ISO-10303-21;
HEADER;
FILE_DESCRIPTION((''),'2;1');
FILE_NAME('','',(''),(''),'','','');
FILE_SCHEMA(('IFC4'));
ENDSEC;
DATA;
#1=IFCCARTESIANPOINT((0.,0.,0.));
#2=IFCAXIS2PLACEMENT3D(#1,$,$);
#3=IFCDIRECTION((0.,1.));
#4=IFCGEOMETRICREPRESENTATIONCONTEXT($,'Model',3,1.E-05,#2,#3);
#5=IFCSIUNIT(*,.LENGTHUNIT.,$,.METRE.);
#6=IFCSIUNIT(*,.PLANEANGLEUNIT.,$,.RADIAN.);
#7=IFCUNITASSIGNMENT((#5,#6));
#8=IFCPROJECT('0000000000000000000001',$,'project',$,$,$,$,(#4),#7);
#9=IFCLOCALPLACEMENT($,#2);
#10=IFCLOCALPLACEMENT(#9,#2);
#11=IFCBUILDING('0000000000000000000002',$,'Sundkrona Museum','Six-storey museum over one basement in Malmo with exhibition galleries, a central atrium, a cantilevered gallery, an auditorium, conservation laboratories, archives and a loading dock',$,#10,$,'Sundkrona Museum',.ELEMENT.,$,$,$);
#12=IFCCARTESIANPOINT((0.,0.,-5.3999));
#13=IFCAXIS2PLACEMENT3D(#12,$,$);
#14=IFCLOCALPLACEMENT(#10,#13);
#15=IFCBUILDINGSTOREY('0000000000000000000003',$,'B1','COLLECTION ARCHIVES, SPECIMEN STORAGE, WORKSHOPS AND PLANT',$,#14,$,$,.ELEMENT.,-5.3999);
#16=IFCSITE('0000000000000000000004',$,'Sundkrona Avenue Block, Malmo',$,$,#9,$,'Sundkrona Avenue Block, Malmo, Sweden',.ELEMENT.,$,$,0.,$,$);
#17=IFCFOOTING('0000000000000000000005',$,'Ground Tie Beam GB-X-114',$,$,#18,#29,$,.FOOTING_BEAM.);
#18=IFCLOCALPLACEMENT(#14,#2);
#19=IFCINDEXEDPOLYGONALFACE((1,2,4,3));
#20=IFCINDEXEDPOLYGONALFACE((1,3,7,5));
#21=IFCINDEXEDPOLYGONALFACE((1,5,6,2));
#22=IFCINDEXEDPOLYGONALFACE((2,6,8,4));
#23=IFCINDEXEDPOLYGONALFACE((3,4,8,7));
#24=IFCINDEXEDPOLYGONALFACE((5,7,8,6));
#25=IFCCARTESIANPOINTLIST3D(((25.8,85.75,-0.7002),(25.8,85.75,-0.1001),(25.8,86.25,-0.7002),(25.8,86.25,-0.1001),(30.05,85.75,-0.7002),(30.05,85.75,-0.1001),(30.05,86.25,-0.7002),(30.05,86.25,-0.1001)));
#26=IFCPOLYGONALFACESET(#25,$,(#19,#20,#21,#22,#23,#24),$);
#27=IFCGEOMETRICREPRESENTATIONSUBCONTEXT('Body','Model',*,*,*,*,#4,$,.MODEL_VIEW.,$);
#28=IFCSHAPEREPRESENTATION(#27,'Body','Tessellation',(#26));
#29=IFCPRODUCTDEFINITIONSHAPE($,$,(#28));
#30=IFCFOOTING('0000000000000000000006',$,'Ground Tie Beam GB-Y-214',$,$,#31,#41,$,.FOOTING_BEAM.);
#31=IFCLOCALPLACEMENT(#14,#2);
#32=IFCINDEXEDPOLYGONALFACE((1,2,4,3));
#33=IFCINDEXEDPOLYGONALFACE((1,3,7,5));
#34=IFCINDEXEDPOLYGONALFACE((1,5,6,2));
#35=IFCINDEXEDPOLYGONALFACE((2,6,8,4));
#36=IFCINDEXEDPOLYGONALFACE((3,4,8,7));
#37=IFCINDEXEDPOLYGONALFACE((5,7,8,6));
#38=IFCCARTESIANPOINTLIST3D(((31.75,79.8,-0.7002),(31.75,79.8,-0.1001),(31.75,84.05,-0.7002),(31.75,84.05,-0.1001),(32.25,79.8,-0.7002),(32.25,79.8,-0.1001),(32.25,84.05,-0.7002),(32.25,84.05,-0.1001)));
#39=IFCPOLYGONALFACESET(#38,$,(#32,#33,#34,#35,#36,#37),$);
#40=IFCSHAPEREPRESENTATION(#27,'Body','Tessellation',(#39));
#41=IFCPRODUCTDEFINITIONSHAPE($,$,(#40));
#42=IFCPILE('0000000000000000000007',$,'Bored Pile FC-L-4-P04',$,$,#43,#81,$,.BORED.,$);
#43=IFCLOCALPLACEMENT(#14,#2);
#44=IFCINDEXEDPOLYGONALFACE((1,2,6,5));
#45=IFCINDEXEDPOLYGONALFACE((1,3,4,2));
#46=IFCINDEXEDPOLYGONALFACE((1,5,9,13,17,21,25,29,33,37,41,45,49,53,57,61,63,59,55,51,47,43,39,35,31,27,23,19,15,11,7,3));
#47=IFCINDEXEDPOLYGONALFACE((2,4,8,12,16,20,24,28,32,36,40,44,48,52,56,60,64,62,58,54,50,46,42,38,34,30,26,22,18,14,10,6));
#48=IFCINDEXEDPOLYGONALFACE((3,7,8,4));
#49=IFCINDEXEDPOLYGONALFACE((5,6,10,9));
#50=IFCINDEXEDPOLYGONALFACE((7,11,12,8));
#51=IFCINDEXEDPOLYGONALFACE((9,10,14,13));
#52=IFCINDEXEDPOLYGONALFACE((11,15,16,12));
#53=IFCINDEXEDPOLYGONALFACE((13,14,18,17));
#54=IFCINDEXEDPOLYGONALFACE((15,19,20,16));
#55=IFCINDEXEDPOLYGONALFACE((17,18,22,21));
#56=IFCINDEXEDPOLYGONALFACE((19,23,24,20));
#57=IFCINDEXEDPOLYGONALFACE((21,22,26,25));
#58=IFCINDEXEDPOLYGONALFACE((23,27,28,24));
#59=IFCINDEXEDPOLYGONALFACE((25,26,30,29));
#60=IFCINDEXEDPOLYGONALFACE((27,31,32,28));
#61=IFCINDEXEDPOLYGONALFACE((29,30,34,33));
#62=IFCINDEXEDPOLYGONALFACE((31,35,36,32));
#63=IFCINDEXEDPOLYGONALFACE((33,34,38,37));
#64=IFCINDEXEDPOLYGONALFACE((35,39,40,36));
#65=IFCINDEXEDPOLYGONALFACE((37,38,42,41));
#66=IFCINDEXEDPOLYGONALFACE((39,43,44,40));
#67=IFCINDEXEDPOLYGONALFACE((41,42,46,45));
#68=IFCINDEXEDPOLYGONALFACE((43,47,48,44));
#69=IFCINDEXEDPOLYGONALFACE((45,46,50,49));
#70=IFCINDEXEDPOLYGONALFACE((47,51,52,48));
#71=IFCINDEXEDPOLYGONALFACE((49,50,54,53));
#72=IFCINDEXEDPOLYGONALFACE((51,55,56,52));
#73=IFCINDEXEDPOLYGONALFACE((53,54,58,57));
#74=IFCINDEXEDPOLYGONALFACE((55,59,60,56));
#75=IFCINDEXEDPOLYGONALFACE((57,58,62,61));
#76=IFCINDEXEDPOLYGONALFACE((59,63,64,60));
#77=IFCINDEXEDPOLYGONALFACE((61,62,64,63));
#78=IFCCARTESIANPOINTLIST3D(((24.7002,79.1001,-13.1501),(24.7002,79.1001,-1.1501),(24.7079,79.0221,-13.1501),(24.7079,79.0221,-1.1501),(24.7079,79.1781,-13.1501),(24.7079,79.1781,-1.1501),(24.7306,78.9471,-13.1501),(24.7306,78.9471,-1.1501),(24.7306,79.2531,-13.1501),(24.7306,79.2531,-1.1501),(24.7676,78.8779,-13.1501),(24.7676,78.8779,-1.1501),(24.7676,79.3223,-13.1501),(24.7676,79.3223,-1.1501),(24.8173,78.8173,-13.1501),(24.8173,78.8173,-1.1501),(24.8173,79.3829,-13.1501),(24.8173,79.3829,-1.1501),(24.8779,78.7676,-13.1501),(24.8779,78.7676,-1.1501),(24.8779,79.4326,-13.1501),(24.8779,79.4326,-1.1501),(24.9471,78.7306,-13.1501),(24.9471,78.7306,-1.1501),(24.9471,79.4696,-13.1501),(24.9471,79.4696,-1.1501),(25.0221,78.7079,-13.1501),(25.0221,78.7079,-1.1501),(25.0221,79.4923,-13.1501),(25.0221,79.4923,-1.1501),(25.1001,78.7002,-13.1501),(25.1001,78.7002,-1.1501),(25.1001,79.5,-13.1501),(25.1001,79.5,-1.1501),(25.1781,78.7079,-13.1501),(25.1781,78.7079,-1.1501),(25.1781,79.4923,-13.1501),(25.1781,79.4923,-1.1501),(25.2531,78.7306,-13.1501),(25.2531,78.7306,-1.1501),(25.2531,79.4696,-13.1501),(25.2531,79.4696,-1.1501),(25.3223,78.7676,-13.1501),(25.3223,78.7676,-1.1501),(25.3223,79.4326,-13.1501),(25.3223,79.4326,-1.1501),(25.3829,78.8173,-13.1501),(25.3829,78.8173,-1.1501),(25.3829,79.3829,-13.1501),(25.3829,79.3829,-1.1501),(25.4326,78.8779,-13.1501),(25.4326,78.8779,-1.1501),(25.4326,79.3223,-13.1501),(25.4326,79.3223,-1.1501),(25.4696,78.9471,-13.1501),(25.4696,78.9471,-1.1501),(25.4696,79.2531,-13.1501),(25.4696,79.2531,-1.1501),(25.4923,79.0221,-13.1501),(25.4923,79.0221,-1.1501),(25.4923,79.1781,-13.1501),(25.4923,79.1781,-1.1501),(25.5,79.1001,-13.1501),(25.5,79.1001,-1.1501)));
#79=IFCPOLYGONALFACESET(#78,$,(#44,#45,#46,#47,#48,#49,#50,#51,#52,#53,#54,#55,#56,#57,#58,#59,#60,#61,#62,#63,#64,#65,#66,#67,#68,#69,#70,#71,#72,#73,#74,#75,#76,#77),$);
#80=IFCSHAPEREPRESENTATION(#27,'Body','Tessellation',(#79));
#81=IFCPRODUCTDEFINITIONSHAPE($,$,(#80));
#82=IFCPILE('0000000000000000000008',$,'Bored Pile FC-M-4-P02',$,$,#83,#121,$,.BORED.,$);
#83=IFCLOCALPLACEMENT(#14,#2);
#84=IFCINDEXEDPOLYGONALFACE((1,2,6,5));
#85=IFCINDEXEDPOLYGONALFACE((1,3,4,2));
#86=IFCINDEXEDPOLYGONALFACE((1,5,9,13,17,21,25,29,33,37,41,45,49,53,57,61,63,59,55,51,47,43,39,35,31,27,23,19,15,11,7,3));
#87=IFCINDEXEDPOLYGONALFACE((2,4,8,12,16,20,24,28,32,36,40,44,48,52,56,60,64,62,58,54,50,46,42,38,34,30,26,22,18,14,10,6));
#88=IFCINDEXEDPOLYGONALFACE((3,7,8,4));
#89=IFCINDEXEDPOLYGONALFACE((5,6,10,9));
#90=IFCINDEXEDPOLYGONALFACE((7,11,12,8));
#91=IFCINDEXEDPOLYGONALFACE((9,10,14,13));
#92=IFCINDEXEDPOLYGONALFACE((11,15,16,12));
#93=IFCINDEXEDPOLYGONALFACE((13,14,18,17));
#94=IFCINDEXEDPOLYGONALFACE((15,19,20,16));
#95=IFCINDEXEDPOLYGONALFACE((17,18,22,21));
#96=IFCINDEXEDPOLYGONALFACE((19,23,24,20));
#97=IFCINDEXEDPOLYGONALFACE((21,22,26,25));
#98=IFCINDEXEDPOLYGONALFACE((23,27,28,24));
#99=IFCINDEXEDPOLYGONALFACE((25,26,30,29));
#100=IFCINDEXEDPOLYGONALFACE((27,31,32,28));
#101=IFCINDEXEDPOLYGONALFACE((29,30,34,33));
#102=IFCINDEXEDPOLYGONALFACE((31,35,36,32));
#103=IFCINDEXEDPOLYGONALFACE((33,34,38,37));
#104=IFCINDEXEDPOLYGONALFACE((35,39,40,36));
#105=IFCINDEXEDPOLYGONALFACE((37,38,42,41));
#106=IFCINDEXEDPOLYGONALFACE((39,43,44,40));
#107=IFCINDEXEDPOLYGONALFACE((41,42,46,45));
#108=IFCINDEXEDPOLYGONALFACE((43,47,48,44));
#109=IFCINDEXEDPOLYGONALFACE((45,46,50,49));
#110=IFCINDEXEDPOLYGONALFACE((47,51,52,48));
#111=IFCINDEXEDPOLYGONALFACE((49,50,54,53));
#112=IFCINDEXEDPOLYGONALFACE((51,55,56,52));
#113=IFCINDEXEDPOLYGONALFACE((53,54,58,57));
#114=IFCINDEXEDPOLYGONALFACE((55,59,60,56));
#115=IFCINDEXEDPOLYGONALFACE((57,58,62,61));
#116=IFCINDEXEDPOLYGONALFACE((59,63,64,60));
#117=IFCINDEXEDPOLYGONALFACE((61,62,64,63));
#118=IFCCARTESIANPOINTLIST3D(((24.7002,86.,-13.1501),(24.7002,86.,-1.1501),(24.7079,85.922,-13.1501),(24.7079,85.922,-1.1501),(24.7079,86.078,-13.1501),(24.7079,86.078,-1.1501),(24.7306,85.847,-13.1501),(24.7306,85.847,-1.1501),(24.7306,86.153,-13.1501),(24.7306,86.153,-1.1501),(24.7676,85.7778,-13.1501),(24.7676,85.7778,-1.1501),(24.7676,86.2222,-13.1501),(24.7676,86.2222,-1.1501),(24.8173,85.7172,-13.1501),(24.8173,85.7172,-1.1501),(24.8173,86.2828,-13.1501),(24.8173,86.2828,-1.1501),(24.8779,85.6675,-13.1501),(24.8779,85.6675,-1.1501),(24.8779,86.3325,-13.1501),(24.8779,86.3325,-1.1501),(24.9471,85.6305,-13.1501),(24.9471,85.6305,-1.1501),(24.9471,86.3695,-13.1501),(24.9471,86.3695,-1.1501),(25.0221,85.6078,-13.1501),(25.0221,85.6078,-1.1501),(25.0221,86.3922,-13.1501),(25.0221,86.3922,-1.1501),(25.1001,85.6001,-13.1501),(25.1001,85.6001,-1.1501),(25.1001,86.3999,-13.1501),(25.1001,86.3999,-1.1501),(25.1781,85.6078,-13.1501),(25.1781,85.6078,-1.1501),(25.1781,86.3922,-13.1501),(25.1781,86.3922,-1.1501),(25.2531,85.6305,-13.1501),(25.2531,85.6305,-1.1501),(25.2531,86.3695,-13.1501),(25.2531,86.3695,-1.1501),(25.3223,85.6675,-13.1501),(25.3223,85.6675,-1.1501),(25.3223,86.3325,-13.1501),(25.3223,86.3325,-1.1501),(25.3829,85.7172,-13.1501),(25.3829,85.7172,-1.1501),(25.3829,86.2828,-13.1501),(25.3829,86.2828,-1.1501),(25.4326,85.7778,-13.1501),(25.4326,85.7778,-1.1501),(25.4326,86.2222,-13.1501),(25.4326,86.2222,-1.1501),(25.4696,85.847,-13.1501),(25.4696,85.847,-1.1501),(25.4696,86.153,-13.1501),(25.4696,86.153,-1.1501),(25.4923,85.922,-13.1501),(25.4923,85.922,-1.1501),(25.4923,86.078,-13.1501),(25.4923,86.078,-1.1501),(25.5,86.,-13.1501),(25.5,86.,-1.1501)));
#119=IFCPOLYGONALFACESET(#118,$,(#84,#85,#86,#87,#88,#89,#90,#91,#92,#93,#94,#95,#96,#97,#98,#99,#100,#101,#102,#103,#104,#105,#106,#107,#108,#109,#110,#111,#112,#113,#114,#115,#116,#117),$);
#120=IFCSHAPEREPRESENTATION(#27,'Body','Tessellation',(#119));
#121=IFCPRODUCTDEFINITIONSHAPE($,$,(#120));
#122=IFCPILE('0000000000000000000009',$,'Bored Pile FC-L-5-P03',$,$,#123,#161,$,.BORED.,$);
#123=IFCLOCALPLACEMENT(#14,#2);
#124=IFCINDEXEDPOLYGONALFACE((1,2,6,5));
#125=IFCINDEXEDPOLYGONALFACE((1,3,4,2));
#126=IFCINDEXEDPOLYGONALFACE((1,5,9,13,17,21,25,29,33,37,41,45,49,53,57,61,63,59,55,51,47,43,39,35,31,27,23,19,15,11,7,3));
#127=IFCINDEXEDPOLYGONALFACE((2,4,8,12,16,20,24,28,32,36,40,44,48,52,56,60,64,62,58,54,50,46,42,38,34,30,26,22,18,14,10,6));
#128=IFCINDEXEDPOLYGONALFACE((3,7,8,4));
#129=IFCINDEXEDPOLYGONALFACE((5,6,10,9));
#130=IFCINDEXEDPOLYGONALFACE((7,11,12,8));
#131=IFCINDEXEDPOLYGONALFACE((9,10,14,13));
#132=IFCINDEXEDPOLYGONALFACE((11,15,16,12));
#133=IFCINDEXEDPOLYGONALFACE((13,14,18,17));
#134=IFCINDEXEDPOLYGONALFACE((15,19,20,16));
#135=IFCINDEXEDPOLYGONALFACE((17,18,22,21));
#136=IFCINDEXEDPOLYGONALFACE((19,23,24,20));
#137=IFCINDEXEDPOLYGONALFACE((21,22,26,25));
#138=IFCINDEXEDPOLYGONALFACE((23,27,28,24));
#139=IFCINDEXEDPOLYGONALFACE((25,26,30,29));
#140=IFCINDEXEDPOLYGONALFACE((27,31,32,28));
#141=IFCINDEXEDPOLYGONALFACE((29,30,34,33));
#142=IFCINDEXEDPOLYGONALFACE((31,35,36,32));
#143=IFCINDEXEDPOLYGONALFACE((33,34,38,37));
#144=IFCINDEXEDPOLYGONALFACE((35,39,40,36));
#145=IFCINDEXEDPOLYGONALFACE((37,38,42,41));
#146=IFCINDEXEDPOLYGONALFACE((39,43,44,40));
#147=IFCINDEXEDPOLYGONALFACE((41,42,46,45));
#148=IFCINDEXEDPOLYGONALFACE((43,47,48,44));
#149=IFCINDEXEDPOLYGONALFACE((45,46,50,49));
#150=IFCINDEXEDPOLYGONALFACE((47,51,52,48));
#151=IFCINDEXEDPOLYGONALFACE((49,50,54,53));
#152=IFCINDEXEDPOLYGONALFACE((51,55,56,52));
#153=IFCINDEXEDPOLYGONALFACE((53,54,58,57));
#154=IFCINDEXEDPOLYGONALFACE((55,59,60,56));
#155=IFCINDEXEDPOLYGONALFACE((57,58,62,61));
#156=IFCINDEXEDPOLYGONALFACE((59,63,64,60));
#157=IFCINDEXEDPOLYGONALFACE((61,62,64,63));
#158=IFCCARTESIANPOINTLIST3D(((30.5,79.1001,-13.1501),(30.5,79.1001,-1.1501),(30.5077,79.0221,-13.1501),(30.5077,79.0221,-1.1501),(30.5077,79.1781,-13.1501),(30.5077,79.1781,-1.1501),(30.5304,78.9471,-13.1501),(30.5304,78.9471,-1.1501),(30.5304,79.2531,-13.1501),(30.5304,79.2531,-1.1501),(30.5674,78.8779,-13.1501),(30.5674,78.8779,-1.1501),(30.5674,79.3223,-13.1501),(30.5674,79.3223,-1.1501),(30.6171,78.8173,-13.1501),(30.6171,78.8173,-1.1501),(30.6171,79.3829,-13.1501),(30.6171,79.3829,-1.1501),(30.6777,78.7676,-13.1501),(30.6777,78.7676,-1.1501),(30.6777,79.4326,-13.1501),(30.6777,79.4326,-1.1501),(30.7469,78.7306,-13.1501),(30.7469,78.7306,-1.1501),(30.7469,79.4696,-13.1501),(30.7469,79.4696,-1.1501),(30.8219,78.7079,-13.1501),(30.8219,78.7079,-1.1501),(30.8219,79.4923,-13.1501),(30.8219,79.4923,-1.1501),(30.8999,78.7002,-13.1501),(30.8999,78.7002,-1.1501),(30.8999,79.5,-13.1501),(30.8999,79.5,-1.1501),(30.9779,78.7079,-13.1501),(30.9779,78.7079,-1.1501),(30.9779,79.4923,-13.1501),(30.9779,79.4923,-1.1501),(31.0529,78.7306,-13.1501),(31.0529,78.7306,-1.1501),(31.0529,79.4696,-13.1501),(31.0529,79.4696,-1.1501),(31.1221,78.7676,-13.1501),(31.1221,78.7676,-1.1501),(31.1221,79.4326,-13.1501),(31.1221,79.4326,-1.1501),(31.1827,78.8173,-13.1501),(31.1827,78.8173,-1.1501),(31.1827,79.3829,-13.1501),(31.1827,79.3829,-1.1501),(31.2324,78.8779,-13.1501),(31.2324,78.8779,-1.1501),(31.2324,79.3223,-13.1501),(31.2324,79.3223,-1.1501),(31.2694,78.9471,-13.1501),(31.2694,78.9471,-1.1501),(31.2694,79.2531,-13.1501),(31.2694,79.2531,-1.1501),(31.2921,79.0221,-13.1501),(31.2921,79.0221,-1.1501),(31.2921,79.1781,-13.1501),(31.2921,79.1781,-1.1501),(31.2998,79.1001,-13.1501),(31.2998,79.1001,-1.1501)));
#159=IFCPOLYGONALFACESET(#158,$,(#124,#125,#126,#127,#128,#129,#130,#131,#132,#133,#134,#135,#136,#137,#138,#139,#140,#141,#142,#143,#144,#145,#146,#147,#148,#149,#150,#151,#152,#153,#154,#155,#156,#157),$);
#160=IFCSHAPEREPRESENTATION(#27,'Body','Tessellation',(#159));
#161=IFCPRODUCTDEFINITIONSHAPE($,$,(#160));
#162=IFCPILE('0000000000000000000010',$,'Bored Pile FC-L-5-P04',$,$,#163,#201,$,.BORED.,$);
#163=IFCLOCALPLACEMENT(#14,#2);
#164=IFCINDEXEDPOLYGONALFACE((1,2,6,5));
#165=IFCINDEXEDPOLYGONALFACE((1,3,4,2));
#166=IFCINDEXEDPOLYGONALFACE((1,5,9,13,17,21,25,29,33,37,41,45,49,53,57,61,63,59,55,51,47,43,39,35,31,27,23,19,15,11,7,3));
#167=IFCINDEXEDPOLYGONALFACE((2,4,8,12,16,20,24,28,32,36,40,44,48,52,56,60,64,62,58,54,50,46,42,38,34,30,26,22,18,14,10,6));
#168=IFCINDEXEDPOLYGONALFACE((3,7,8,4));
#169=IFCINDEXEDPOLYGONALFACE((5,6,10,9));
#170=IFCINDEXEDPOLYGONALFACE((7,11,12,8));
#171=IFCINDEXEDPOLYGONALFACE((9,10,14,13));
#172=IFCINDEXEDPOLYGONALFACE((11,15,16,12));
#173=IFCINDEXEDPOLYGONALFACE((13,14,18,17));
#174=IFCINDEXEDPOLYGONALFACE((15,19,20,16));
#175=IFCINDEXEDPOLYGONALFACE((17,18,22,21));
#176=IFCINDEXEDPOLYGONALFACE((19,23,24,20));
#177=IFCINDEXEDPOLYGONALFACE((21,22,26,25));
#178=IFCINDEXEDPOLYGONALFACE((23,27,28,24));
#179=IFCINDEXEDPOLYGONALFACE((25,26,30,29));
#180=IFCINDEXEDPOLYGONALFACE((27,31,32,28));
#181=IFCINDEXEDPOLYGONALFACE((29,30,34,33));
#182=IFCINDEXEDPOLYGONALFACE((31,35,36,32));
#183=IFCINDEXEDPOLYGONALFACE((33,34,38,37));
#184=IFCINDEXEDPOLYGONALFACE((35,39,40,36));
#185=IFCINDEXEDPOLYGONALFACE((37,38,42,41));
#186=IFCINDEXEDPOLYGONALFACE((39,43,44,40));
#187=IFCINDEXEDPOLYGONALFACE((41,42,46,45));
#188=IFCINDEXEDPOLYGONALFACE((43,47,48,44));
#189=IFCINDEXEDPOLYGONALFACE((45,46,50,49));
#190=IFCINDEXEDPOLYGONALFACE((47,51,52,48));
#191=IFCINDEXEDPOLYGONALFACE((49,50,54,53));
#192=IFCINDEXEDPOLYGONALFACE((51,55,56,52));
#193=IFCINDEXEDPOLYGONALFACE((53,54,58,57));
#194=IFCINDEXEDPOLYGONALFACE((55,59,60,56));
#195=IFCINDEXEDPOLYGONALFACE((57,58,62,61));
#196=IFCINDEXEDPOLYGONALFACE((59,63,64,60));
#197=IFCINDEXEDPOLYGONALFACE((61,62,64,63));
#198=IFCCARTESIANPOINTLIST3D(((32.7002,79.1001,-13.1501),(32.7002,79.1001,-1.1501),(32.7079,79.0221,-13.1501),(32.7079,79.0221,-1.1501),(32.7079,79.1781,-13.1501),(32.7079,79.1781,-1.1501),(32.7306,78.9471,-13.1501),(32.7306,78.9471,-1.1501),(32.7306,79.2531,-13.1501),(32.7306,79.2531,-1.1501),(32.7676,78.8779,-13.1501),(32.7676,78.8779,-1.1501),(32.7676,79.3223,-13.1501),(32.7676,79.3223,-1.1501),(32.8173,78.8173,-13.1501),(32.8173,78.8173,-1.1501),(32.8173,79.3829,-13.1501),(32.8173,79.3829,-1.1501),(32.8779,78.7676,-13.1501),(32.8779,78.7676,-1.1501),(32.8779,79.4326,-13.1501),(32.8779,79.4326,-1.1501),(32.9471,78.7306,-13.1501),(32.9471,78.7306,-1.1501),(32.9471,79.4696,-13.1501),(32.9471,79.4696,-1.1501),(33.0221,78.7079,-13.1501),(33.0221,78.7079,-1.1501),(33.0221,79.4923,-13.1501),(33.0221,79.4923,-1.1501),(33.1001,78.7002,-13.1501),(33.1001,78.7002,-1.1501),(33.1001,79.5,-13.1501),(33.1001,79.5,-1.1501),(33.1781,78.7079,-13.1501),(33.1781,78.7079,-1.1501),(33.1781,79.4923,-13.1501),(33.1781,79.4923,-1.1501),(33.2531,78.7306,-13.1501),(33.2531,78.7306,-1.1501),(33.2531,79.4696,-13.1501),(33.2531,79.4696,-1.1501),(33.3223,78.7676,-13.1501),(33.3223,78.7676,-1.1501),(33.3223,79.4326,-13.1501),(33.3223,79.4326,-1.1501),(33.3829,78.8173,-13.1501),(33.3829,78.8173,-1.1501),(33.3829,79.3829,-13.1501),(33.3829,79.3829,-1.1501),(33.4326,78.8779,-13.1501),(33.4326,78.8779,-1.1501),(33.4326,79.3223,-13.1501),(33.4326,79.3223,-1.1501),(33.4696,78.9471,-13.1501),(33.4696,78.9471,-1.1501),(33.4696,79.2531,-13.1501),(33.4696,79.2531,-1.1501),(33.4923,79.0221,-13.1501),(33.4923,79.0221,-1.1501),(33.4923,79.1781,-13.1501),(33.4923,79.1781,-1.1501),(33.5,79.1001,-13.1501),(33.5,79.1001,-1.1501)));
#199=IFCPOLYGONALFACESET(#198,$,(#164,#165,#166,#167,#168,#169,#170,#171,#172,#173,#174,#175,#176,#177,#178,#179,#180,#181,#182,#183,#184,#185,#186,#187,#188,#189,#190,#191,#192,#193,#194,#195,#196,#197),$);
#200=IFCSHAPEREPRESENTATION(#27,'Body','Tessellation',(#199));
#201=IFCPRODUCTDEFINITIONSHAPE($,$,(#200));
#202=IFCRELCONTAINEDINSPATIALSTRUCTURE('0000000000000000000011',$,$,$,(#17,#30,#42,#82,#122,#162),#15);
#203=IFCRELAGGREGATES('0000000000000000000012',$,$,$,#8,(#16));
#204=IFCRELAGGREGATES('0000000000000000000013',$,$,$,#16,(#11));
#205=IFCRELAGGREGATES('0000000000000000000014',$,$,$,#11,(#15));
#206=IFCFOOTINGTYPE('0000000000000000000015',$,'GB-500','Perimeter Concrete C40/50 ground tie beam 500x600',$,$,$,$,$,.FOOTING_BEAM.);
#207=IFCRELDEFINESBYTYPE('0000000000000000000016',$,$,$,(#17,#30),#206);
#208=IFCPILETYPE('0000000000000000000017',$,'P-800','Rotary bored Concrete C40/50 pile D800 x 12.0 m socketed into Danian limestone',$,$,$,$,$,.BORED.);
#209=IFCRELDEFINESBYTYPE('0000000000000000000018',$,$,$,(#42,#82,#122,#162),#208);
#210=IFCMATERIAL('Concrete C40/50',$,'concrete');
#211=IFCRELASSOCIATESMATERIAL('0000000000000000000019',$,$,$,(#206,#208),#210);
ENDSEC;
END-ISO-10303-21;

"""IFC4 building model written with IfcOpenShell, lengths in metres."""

from ifc_helpers import new_model, si_unit, direction, frame, origin, origin_2d, place, context, subcontext, project, spatial, rectangle, circle, extrude, material, material_profile, profile_set, type_object, element, save


model = new_model("IFC4")

# Units and contexts
model_context = context("Model", 3, precision=1e-05, world=origin(), true_north=direction((0.0, 1.0)))
body_context = subcontext(model_context, "Body", "Model", "MODEL_VIEW")
ifc_project = project(units=[si_unit("LENGTHUNIT", "METRE"), si_unit("PLANEANGLEUNIT", "RADIAN")], contexts=[model_context])

# Site, building, storey
site_placement = place(None, origin())
site = spatial("IfcSite", under=ifc_project, at=site_placement, Name="Sundkrona Avenue Block, Malmo", LongName="Sundkrona Avenue Block, Malmo, Sweden", CompositionType="ELEMENT", RefElevation=0.0)
building_placement = place(site_placement, origin())
building = spatial("IfcBuilding", under=site, at=building_placement, Name="Sundkrona Museum", Description="Six-storey museum over one basement in Malmo with exhibition galleries, a central atrium, a cantilevered gallery, an auditorium, conservation laboratories, archives and a loading dock", LongName="Sundkrona Museum", CompositionType="ELEMENT")
storey_placement = place(building_placement, frame((0.0, 0.0, -5.3999)))
storey = spatial("IfcBuildingStorey", under=building, at=storey_placement, Name="B1", Description="COLLECTION ARCHIVES, SPECIMEN STORAGE, WORKSHOPS AND PLANT", CompositionType="ELEMENT", Elevation=-5.3999)

# Footings
ifc_material_1 = material(Name="Concrete C40/50", Category="concrete")
footing_type_1 = type_object("IfcFootingType", Name="GB-500", Description="Perimeter Concrete C40/50 ground tie beam 500x600", PredefinedType="FOOTING_BEAM", material=ifc_material_1)
for number, where, z_axis, x_axis, name in (
    (1, (27.925, 86.0, -0.7002), (0.0, 0.0, 1.0), (1.0, 0.0, 0.0), "Ground Tie Beam GB-X-114"),
    (2, (32.0, 81.925, -0.7002), (0.0, 0.0, 1.0), (0.0, 1.0, 0.0), "Ground Tie Beam GB-Y-214"),
):
    element("IfcFooting", number, at=place(storey_placement, frame(where, z_axis=z_axis, x_axis=x_axis)), inside=storey, type_object=footing_type_1, Name=name, PredefinedType="FOOTING_BEAM", context=body_context, shape_type="SweptSolid", body=[
        extrude(rectangle(XDim=4.25, YDim=0.5, at=origin_2d()), origin(), (0.0, 0.0, 1.0), 0.6001),
    ])

# Piles
ifc_material_profile_1 = material_profile(ifc_material_1, circle(Radius=0.3999, at=origin_2d()), Name="PILE D800")
ifc_profile_set_1 = profile_set([ifc_material_profile_1], Name="Concrete C40/50")
pile_type = type_object("IfcPileType", Name="P-800", Description="Rotary bored Concrete C40/50 pile D800 x 12.0 m socketed into Danian limestone", PredefinedType="BORED", material=ifc_profile_set_1)
for number, where, z_axis, x_axis, name in (
    (3, (25.1001, 79.1001, -1.1501), (0.0, 0.0, -1.0), (1.0, 0.0, 0.0), "Bored Pile FC-L-4-P04"),
    (4, (25.1001, 86.0, -1.1501), (0.0, 0.0, -1.0), (1.0, 0.0, 0.0), "Bored Pile FC-M-4-P02"),
    (5, (30.8999, 79.1001, -1.1501), (0.0, 0.0, -1.0), (1.0, 0.0, 0.0), "Bored Pile FC-L-5-P03"),
    (6, (33.1001, 79.1001, -1.1501), (0.0, 0.0, -1.0), (1.0, 0.0, 0.0), "Bored Pile FC-L-5-P04"),
):
    element("IfcPile", number, at=place(storey_placement, frame(where, z_axis=z_axis, x_axis=x_axis)), inside=storey, type_object=pile_type, Name=name, PredefinedType="BORED", context=body_context, shape_type="SweptSolid", body=[
        extrude(circle(Radius=0.3999, at=origin_2d()), origin(), (0.0, 0.0, 1.0), 12.0),
    ])

save(model, "model.ifc")
